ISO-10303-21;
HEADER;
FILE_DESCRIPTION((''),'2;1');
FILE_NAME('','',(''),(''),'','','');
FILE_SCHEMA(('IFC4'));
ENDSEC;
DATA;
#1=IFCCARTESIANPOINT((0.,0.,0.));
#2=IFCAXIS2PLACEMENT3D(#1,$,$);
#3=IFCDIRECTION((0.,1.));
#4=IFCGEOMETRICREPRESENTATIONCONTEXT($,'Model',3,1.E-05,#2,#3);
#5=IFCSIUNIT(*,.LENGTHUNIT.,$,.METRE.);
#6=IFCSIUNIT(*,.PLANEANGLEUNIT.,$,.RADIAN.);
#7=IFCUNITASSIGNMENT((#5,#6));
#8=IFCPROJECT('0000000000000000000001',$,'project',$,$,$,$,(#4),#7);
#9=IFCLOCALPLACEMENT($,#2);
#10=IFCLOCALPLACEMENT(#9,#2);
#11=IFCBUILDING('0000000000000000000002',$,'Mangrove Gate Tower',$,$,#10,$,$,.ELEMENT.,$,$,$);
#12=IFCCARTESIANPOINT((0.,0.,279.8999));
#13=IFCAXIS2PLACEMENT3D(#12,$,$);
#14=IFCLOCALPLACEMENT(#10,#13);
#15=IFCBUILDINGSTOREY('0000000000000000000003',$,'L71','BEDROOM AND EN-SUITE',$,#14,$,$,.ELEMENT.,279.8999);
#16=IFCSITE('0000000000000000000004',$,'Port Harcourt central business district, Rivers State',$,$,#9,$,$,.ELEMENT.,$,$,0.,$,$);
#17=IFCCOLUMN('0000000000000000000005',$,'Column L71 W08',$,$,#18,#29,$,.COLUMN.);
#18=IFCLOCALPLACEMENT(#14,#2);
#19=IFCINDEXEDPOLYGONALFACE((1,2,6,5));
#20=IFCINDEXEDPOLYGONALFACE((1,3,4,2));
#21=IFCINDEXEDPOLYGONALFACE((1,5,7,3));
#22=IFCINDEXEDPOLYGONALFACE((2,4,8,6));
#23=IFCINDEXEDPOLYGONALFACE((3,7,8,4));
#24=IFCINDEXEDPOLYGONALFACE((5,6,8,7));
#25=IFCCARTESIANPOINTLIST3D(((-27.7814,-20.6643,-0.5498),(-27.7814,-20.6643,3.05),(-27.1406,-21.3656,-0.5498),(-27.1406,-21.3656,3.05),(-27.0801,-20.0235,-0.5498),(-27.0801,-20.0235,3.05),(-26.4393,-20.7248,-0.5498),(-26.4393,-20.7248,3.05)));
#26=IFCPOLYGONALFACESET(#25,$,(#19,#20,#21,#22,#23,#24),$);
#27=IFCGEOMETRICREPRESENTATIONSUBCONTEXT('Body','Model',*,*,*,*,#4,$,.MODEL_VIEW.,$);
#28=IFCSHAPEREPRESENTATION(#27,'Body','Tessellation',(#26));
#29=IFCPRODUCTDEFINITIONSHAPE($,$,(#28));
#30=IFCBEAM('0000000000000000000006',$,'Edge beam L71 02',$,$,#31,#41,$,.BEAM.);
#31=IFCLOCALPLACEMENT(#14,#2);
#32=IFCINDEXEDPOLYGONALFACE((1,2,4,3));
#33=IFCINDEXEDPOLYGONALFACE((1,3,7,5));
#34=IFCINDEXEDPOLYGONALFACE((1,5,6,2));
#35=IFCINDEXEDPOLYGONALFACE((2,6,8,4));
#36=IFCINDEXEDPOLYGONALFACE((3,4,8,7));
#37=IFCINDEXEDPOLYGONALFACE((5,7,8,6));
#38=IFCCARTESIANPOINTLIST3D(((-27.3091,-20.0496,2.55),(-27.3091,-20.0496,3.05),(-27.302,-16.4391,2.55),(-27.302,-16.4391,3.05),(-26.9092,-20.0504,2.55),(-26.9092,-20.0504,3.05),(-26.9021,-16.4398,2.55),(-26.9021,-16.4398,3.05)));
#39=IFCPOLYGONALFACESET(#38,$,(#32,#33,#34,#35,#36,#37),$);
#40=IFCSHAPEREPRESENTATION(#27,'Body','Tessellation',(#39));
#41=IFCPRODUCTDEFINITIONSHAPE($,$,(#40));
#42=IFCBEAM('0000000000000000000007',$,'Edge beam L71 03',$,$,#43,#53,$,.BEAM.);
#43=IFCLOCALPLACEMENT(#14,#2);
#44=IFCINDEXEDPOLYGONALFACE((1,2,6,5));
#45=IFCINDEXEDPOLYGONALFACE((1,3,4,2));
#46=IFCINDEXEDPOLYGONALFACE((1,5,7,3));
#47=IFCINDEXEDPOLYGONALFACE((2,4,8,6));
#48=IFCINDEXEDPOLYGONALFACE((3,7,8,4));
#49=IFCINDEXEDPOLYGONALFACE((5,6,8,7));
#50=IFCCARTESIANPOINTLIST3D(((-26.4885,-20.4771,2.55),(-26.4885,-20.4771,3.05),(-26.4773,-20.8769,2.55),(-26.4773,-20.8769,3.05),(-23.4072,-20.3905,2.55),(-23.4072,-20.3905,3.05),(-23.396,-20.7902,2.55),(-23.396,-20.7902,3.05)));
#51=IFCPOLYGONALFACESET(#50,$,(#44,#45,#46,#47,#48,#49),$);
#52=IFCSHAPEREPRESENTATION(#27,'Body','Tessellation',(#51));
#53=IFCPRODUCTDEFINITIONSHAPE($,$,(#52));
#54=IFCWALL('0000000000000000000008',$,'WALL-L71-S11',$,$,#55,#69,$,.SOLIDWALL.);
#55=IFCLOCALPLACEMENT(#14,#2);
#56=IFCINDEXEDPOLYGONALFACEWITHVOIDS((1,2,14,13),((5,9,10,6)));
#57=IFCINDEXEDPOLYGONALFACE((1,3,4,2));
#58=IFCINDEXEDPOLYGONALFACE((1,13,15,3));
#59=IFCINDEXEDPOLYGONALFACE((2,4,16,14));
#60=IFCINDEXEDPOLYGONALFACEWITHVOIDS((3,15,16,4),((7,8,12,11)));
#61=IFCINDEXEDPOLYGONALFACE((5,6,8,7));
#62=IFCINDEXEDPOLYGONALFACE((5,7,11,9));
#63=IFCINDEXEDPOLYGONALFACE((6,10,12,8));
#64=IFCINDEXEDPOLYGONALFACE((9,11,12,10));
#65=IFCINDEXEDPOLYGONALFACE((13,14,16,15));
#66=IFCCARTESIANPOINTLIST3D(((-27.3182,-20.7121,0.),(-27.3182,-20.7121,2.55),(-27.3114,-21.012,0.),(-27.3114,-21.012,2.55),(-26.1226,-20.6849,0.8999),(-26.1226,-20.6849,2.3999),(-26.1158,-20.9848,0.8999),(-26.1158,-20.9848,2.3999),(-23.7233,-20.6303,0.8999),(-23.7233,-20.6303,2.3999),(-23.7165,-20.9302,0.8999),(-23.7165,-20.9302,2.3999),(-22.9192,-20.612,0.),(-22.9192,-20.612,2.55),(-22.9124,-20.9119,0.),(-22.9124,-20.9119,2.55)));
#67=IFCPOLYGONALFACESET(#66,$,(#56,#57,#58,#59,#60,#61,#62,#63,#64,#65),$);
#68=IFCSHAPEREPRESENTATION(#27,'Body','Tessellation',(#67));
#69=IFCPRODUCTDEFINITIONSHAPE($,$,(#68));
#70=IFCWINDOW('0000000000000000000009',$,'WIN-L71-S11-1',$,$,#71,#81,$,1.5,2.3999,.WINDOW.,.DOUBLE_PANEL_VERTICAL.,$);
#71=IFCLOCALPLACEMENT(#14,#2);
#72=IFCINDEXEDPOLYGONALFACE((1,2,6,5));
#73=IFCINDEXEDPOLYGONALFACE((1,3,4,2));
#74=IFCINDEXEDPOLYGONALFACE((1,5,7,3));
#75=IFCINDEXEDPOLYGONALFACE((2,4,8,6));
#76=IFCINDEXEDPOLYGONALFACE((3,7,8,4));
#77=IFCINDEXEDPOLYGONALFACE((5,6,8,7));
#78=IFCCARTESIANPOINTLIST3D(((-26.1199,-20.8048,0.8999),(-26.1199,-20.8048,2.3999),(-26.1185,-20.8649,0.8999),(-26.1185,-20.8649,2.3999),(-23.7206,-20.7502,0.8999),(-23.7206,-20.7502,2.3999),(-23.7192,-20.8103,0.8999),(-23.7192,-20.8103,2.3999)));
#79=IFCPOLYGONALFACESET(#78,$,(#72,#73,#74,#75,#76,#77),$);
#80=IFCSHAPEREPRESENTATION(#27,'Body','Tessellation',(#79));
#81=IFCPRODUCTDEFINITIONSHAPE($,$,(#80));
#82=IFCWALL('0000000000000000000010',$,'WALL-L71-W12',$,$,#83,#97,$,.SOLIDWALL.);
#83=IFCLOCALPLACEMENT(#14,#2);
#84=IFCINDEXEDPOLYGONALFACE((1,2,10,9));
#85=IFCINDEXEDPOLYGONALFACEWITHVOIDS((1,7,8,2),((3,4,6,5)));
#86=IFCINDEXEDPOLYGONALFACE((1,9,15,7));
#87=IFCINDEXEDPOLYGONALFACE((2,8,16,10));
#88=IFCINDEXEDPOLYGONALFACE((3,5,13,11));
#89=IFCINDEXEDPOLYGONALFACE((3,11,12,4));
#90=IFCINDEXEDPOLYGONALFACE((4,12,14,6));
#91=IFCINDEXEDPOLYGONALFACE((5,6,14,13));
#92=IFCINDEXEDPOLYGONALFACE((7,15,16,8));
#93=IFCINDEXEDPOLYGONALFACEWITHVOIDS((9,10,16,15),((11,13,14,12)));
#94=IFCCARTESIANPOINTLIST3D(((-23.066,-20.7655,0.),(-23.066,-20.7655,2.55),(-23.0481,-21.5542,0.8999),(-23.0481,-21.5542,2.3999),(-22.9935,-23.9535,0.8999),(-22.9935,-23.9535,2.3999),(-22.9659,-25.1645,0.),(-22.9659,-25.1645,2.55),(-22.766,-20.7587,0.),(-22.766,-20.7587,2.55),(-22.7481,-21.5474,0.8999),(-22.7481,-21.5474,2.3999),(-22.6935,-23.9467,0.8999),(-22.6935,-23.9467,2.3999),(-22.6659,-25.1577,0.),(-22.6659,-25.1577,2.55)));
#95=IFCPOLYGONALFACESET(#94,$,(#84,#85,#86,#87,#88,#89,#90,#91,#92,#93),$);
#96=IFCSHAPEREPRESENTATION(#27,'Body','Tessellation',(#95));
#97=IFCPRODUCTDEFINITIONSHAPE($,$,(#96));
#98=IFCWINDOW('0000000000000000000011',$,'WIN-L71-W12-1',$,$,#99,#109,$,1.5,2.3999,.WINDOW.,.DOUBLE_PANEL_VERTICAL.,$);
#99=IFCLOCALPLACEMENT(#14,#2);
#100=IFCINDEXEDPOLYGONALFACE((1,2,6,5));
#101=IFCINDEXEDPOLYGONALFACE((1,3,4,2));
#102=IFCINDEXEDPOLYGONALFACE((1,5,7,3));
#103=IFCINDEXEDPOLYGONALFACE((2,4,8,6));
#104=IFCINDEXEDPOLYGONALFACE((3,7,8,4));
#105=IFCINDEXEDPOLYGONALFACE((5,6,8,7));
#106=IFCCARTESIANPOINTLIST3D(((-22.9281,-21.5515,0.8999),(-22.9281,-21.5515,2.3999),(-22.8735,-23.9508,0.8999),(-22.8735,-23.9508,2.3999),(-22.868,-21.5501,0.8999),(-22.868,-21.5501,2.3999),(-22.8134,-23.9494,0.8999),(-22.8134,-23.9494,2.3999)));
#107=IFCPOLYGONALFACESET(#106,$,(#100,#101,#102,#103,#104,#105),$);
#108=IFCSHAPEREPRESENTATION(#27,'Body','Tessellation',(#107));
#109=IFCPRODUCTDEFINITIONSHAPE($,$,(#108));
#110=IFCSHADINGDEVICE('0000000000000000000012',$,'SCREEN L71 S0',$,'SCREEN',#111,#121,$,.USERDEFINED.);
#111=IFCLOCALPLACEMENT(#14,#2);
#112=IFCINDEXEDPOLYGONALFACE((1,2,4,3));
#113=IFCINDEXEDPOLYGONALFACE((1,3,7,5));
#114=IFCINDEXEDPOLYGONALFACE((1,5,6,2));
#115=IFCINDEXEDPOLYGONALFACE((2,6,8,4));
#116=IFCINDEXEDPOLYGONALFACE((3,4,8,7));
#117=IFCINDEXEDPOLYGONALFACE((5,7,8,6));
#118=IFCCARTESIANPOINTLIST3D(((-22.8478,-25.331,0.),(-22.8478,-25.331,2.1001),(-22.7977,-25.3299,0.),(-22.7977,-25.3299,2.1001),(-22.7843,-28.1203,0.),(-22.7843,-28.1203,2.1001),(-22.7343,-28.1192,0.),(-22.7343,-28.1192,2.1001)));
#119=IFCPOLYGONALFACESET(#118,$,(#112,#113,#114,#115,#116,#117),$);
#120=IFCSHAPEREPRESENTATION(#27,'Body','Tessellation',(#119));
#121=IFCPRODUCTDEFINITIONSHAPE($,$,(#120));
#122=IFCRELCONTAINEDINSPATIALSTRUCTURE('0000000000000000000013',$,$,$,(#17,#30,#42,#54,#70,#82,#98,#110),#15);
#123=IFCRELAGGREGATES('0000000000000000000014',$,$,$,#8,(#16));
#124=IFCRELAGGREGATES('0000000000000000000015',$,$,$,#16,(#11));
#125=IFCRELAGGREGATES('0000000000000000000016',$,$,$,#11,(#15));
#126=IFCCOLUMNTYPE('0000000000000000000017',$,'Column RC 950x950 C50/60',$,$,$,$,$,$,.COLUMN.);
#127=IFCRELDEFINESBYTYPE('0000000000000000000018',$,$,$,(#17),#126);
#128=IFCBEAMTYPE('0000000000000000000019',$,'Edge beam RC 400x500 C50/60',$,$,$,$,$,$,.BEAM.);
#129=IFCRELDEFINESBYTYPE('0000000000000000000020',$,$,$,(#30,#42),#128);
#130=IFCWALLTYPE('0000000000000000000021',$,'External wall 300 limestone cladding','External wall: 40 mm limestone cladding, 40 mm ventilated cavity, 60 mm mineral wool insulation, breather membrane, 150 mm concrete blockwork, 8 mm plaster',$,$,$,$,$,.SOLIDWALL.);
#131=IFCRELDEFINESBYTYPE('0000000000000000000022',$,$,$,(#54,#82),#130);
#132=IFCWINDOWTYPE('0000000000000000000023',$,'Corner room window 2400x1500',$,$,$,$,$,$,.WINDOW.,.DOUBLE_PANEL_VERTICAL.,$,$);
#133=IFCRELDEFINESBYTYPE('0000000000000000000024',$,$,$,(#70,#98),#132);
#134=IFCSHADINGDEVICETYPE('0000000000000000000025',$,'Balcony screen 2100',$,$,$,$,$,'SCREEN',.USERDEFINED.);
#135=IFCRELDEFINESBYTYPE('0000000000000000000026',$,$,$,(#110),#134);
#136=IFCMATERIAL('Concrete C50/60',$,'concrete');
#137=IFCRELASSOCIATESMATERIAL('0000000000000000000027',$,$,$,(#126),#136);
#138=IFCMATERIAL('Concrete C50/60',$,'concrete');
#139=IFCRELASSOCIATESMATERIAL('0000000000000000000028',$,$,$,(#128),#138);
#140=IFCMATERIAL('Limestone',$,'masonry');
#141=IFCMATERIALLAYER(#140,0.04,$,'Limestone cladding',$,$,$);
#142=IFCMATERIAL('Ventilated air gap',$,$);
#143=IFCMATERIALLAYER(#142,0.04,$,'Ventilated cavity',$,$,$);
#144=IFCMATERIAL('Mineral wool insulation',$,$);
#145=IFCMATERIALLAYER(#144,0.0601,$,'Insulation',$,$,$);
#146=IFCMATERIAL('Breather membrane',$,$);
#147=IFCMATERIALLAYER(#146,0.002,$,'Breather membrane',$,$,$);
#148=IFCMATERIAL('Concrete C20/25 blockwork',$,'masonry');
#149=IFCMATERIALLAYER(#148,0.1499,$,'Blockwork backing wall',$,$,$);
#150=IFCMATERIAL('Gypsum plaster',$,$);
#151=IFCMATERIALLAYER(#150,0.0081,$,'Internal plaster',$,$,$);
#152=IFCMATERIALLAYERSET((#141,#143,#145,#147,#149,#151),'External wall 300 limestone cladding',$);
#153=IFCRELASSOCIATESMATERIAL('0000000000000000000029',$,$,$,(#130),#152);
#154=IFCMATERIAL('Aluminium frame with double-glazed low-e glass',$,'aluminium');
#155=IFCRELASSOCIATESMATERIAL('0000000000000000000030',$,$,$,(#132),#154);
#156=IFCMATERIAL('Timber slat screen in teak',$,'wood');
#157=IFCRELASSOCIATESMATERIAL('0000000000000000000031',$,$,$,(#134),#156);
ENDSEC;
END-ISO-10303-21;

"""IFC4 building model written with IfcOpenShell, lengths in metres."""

from ifc_helpers import new_model, si_unit, direction, frame, frame_2d, origin, origin_2d, place, context, subcontext, project, spatial, rectangle, extrude, material, layer, layer_set, material_profile, profile_set, type_object, element, fill, save


model = new_model("IFC4")

# Units and contexts
model_context = context("Model", 3, precision=1e-05, world=origin(), true_north=direction((0.0, 1.0)))
body_context = subcontext(model_context, "Body", "Model", "MODEL_VIEW")
ifc_project = project(units=[si_unit("LENGTHUNIT", "METRE"), si_unit("PLANEANGLEUNIT", "RADIAN")], contexts=[model_context])

# Site, building, storey
site_placement = place(None, origin())
site = spatial("IfcSite", under=ifc_project, at=site_placement, Name="Port Harcourt central business district, Rivers State", CompositionType="ELEMENT", RefElevation=0.0)
building_placement = place(site_placement, origin())
building = spatial("IfcBuilding", under=site, at=building_placement, Name="Mangrove Gate Tower", CompositionType="ELEMENT")
storey_placement = place(building_placement, frame((0.0, 0.0, 279.8999)))
storey = spatial("IfcBuildingStorey", under=building, at=storey_placement, Name="L71", Description="BEDROOM AND EN-SUITE", CompositionType="ELEMENT", Elevation=279.8999)

# Column
ifc_material_1 = material(Name="Concrete C50/60", Category="concrete")
ifc_material_profile_1 = material_profile(ifc_material_1, rectangle(XDim=0.95, YDim=0.95, at=origin_2d()))
ifc_profile_set_1 = profile_set([ifc_material_profile_1], Name="Concrete C50/60")
column_type = type_object("IfcColumnType", Name="Column RC 950x950 C50/60", PredefinedType="COLUMN", material=ifc_profile_set_1)
column_placement = place(storey_placement, frame((-27.1104, -20.6946, -0.5498), z_axis=(0.0, 0.0, 1.0), x_axis=(0.67456, -0.73822, 0.0)))
element("IfcColumn", 1, at=column_placement, inside=storey, type_object=column_type, Name="Column L71 W08", PredefinedType="COLUMN", context=body_context, shape_type="SweptSolid", body=[
    extrude(rectangle(XDim=0.95, YDim=0.95, at=origin_2d()), origin(), (0.0, 0.0, 1.0), 3.5999),
])

# Beams
ifc_material_2 = material(Name="Concrete C50/60", Category="concrete")
ifc_material_profile_2 = material_profile(ifc_material_2, rectangle(XDim=0.3999, YDim=0.5, at=origin_2d()))
ifc_profile_set_2 = profile_set([ifc_material_profile_2], Name="Concrete C50/60")
beam_type = type_object("IfcBeamType", Name="Edge beam RC 400x500 C50/60", PredefinedType="BEAM", material=ifc_profile_set_2)
beam_1_placement = place(storey_placement, frame((-27.1021, -16.4395, 2.8), z_axis=(-0.001961, -0.999998, 0.0), x_axis=(0.999998, -0.001961, 0.0)))
element("IfcBeam", 2, at=beam_1_placement, inside=storey, type_object=beam_type, Name="Edge beam L71 02", PredefinedType="BEAM", context=body_context, shape_type="SweptSolid", body=[
    extrude(rectangle(XDim=0.3999, YDim=0.5, at=origin_2d()), origin(), (0.0, 0.0, 1.0), 3.6106),
])
beam_2_placement = place(storey_placement, frame((-26.4829, -20.677, 2.8), z_axis=(0.999605, 0.028117, 0.0), x_axis=(-0.028117, 0.999605, 0.0)))
element("IfcBeam", 3, at=beam_2_placement, inside=storey, type_object=beam_type, Name="Edge beam L71 03", PredefinedType="BEAM", context=body_context, shape_type="SweptSolid", body=[
    extrude(rectangle(XDim=0.3999, YDim=0.5, at=origin_2d()), origin(), (0.0, 0.0, 1.0), 3.0825),
])

# Walls, openings, windows
ifc_material_3 = material(Name="Limestone", Category="masonry")
ifc_layer_1 = layer(ifc_material_3, 0.04, Name="Limestone cladding")
ifc_material_4 = material(Name="Ventilated air gap")
ifc_layer_2 = layer(ifc_material_4, 0.04, Name="Ventilated cavity")
ifc_material_5 = material(Name="Mineral wool insulation")
ifc_layer_3 = layer(ifc_material_5, 0.0601, Name="Insulation")
ifc_material_6 = material(Name="Breather membrane")
ifc_layer_4 = layer(ifc_material_6, 0.002, Name="Breather membrane")
ifc_material_7 = material(Name="Concrete C20/25 blockwork", Category="masonry")
ifc_layer_5 = layer(ifc_material_7, 0.1499, Name="Blockwork backing wall")
ifc_material_8 = material(Name="Gypsum plaster")
ifc_layer_6 = layer(ifc_material_8, 0.0081, Name="Internal plaster")
ifc_layer_set = layer_set([ifc_layer_1, ifc_layer_2, ifc_layer_3, ifc_layer_4, ifc_layer_5, ifc_layer_6], Name="External wall 300 limestone cladding")
wall_type = type_object("IfcWallType", Name="External wall 300 limestone cladding", Description="External wall: 40 mm limestone cladding, 40 mm ventilated cavity, 60 mm mineral wool insulation, breather membrane, 150 mm concrete blockwork, 8 mm plaster", PredefinedType="SOLIDWALL", material=ifc_layer_set)
wall_1_placement = place(storey_placement, frame((-27.3149, -20.8621, 0.0), z_axis=(0.0, 0.0, 1.0), x_axis=(0.999741, 0.022749, 0.0)))
wall_1 = element("IfcWall", 4, at=wall_1_placement, inside=storey, type_object=wall_type, Name="WALL-L71-S11", PredefinedType="SOLIDWALL", context=body_context, shape_type="SweptSolid", body=[
    extrude(rectangle(XDim=4.4001, YDim=0.3, at=frame_2d((2.2002, 0.0))), origin(), (0.0, 0.0, 1.0), 2.55),
])
opening_1_placement = place(wall_1_placement, frame((1.196, 0.0, 0.8999)))
opening_1 = element("IfcOpeningElement", 5, at=opening_1_placement, cuts=wall_1, PredefinedType="OPENING", context=body_context, shape_type="SweptSolid", body=[
    extrude(rectangle(XDim=2.3999, YDim=1.5, at=frame_2d((1.2, 0.75))), frame((0.0, 0.1599, 0.0), z_axis=(0.0, -1.0, 0.0), x_axis=(1.0, 0.0, 0.0)), (0.0, 0.0, 1.0), 0.3201),
])
ifc_material_9 = material(Name="Aluminium frame with double-glazed low-e glass", Category="aluminium")
window_type = type_object("IfcWindowType", Name="Corner room window 2400x1500", PartitioningType="DOUBLE_PANEL_VERTICAL", PredefinedType="WINDOW", material=ifc_material_9)
window_1_placement = place(opening_1_placement, origin())
window_1 = element("IfcWindow", 6, at=window_1_placement, inside=storey, type_object=window_type, Name="WIN-L71-S11-1", OverallHeight=1.5, OverallWidth=2.3999, PartitioningType="DOUBLE_PANEL_VERTICAL", PredefinedType="WINDOW", context=body_context, shape_type="SweptSolid", body=[
    extrude(rectangle(XDim=2.3999, YDim=1.5, at=frame_2d((1.2, 0.75))), frame((0.0, 0.03, 0.0), z_axis=(0.0, -1.0, 0.0), x_axis=(1.0, 0.0, 0.0)), (0.0, 0.0, 1.0), 0.0601),
])
fill(opening_1, window_1)
wall_2_placement = place(storey_placement, frame((-22.916, -20.762, 0.0), z_axis=(0.0, 0.0, 1.0), x_axis=(0.022749, -0.999741, 0.0)))
wall_2 = element("IfcWall", 7, at=wall_2_placement, inside=storey, type_object=wall_type, Name="WALL-L71-W12", PredefinedType="SOLIDWALL", context=body_context, shape_type="SweptSolid", body=[
    extrude(rectangle(XDim=4.4001, YDim=0.3, at=frame_2d((2.2002, 0.0))), origin(), (0.0, 0.0, 1.0), 2.55),
])
opening_2_placement = place(wall_2_placement, frame((0.7891, 0.0, 0.8999)))
opening_2 = element("IfcOpeningElement", 8, at=opening_2_placement, cuts=wall_2, PredefinedType="OPENING", context=body_context, shape_type="SweptSolid", body=[
    extrude(rectangle(XDim=2.3999, YDim=1.5, at=frame_2d((1.2, 0.75))), frame((0.0, 0.1599, 0.0), z_axis=(0.0, -1.0, 0.0), x_axis=(1.0, 0.0, 0.0)), (0.0, 0.0, 1.0), 0.3201),
])
window_2_placement = place(opening_2_placement, origin())
window_2 = element("IfcWindow", 9, at=window_2_placement, inside=storey, type_object=window_type, Name="WIN-L71-W12-1", OverallHeight=1.5, OverallWidth=2.3999, PartitioningType="DOUBLE_PANEL_VERTICAL", PredefinedType="WINDOW", context=body_context, shape_type="SweptSolid", body=[
    extrude(rectangle(XDim=2.3999, YDim=1.5, at=frame_2d((1.2, 0.75))), frame((0.0, 0.03, 0.0), z_axis=(0.0, -1.0, 0.0), x_axis=(1.0, 0.0, 0.0)), (0.0, 0.0, 1.0), 0.0601),
])
fill(opening_2, window_2)

# Shading device
ifc_material_10 = material(Name="Timber slat screen in teak", Category="wood")
shading_device_type = type_object("IfcShadingDeviceType", Name="Balcony screen 2100", ElementType="SCREEN", PredefinedType="USERDEFINED", material=ifc_material_10)
shading_device_placement = place(storey_placement, frame((-22.791, -26.7251, 0.0), z_axis=(0.0, 0.0, 1.0), x_axis=(0.02274, -0.999741, 0.0)))
element("IfcShadingDevice", 10, at=shading_device_placement, inside=storey, type_object=shading_device_type, Name="SCREEN L71 S0", ObjectType="SCREEN", PredefinedType="USERDEFINED", context=body_context, shape_type="SweptSolid", body=[
    extrude(rectangle(XDim=2.79, YDim=0.05, at=origin_2d()), origin(), (0.0, 0.0, 1.0), 2.1001),
])

save(model, "model.ifc")
